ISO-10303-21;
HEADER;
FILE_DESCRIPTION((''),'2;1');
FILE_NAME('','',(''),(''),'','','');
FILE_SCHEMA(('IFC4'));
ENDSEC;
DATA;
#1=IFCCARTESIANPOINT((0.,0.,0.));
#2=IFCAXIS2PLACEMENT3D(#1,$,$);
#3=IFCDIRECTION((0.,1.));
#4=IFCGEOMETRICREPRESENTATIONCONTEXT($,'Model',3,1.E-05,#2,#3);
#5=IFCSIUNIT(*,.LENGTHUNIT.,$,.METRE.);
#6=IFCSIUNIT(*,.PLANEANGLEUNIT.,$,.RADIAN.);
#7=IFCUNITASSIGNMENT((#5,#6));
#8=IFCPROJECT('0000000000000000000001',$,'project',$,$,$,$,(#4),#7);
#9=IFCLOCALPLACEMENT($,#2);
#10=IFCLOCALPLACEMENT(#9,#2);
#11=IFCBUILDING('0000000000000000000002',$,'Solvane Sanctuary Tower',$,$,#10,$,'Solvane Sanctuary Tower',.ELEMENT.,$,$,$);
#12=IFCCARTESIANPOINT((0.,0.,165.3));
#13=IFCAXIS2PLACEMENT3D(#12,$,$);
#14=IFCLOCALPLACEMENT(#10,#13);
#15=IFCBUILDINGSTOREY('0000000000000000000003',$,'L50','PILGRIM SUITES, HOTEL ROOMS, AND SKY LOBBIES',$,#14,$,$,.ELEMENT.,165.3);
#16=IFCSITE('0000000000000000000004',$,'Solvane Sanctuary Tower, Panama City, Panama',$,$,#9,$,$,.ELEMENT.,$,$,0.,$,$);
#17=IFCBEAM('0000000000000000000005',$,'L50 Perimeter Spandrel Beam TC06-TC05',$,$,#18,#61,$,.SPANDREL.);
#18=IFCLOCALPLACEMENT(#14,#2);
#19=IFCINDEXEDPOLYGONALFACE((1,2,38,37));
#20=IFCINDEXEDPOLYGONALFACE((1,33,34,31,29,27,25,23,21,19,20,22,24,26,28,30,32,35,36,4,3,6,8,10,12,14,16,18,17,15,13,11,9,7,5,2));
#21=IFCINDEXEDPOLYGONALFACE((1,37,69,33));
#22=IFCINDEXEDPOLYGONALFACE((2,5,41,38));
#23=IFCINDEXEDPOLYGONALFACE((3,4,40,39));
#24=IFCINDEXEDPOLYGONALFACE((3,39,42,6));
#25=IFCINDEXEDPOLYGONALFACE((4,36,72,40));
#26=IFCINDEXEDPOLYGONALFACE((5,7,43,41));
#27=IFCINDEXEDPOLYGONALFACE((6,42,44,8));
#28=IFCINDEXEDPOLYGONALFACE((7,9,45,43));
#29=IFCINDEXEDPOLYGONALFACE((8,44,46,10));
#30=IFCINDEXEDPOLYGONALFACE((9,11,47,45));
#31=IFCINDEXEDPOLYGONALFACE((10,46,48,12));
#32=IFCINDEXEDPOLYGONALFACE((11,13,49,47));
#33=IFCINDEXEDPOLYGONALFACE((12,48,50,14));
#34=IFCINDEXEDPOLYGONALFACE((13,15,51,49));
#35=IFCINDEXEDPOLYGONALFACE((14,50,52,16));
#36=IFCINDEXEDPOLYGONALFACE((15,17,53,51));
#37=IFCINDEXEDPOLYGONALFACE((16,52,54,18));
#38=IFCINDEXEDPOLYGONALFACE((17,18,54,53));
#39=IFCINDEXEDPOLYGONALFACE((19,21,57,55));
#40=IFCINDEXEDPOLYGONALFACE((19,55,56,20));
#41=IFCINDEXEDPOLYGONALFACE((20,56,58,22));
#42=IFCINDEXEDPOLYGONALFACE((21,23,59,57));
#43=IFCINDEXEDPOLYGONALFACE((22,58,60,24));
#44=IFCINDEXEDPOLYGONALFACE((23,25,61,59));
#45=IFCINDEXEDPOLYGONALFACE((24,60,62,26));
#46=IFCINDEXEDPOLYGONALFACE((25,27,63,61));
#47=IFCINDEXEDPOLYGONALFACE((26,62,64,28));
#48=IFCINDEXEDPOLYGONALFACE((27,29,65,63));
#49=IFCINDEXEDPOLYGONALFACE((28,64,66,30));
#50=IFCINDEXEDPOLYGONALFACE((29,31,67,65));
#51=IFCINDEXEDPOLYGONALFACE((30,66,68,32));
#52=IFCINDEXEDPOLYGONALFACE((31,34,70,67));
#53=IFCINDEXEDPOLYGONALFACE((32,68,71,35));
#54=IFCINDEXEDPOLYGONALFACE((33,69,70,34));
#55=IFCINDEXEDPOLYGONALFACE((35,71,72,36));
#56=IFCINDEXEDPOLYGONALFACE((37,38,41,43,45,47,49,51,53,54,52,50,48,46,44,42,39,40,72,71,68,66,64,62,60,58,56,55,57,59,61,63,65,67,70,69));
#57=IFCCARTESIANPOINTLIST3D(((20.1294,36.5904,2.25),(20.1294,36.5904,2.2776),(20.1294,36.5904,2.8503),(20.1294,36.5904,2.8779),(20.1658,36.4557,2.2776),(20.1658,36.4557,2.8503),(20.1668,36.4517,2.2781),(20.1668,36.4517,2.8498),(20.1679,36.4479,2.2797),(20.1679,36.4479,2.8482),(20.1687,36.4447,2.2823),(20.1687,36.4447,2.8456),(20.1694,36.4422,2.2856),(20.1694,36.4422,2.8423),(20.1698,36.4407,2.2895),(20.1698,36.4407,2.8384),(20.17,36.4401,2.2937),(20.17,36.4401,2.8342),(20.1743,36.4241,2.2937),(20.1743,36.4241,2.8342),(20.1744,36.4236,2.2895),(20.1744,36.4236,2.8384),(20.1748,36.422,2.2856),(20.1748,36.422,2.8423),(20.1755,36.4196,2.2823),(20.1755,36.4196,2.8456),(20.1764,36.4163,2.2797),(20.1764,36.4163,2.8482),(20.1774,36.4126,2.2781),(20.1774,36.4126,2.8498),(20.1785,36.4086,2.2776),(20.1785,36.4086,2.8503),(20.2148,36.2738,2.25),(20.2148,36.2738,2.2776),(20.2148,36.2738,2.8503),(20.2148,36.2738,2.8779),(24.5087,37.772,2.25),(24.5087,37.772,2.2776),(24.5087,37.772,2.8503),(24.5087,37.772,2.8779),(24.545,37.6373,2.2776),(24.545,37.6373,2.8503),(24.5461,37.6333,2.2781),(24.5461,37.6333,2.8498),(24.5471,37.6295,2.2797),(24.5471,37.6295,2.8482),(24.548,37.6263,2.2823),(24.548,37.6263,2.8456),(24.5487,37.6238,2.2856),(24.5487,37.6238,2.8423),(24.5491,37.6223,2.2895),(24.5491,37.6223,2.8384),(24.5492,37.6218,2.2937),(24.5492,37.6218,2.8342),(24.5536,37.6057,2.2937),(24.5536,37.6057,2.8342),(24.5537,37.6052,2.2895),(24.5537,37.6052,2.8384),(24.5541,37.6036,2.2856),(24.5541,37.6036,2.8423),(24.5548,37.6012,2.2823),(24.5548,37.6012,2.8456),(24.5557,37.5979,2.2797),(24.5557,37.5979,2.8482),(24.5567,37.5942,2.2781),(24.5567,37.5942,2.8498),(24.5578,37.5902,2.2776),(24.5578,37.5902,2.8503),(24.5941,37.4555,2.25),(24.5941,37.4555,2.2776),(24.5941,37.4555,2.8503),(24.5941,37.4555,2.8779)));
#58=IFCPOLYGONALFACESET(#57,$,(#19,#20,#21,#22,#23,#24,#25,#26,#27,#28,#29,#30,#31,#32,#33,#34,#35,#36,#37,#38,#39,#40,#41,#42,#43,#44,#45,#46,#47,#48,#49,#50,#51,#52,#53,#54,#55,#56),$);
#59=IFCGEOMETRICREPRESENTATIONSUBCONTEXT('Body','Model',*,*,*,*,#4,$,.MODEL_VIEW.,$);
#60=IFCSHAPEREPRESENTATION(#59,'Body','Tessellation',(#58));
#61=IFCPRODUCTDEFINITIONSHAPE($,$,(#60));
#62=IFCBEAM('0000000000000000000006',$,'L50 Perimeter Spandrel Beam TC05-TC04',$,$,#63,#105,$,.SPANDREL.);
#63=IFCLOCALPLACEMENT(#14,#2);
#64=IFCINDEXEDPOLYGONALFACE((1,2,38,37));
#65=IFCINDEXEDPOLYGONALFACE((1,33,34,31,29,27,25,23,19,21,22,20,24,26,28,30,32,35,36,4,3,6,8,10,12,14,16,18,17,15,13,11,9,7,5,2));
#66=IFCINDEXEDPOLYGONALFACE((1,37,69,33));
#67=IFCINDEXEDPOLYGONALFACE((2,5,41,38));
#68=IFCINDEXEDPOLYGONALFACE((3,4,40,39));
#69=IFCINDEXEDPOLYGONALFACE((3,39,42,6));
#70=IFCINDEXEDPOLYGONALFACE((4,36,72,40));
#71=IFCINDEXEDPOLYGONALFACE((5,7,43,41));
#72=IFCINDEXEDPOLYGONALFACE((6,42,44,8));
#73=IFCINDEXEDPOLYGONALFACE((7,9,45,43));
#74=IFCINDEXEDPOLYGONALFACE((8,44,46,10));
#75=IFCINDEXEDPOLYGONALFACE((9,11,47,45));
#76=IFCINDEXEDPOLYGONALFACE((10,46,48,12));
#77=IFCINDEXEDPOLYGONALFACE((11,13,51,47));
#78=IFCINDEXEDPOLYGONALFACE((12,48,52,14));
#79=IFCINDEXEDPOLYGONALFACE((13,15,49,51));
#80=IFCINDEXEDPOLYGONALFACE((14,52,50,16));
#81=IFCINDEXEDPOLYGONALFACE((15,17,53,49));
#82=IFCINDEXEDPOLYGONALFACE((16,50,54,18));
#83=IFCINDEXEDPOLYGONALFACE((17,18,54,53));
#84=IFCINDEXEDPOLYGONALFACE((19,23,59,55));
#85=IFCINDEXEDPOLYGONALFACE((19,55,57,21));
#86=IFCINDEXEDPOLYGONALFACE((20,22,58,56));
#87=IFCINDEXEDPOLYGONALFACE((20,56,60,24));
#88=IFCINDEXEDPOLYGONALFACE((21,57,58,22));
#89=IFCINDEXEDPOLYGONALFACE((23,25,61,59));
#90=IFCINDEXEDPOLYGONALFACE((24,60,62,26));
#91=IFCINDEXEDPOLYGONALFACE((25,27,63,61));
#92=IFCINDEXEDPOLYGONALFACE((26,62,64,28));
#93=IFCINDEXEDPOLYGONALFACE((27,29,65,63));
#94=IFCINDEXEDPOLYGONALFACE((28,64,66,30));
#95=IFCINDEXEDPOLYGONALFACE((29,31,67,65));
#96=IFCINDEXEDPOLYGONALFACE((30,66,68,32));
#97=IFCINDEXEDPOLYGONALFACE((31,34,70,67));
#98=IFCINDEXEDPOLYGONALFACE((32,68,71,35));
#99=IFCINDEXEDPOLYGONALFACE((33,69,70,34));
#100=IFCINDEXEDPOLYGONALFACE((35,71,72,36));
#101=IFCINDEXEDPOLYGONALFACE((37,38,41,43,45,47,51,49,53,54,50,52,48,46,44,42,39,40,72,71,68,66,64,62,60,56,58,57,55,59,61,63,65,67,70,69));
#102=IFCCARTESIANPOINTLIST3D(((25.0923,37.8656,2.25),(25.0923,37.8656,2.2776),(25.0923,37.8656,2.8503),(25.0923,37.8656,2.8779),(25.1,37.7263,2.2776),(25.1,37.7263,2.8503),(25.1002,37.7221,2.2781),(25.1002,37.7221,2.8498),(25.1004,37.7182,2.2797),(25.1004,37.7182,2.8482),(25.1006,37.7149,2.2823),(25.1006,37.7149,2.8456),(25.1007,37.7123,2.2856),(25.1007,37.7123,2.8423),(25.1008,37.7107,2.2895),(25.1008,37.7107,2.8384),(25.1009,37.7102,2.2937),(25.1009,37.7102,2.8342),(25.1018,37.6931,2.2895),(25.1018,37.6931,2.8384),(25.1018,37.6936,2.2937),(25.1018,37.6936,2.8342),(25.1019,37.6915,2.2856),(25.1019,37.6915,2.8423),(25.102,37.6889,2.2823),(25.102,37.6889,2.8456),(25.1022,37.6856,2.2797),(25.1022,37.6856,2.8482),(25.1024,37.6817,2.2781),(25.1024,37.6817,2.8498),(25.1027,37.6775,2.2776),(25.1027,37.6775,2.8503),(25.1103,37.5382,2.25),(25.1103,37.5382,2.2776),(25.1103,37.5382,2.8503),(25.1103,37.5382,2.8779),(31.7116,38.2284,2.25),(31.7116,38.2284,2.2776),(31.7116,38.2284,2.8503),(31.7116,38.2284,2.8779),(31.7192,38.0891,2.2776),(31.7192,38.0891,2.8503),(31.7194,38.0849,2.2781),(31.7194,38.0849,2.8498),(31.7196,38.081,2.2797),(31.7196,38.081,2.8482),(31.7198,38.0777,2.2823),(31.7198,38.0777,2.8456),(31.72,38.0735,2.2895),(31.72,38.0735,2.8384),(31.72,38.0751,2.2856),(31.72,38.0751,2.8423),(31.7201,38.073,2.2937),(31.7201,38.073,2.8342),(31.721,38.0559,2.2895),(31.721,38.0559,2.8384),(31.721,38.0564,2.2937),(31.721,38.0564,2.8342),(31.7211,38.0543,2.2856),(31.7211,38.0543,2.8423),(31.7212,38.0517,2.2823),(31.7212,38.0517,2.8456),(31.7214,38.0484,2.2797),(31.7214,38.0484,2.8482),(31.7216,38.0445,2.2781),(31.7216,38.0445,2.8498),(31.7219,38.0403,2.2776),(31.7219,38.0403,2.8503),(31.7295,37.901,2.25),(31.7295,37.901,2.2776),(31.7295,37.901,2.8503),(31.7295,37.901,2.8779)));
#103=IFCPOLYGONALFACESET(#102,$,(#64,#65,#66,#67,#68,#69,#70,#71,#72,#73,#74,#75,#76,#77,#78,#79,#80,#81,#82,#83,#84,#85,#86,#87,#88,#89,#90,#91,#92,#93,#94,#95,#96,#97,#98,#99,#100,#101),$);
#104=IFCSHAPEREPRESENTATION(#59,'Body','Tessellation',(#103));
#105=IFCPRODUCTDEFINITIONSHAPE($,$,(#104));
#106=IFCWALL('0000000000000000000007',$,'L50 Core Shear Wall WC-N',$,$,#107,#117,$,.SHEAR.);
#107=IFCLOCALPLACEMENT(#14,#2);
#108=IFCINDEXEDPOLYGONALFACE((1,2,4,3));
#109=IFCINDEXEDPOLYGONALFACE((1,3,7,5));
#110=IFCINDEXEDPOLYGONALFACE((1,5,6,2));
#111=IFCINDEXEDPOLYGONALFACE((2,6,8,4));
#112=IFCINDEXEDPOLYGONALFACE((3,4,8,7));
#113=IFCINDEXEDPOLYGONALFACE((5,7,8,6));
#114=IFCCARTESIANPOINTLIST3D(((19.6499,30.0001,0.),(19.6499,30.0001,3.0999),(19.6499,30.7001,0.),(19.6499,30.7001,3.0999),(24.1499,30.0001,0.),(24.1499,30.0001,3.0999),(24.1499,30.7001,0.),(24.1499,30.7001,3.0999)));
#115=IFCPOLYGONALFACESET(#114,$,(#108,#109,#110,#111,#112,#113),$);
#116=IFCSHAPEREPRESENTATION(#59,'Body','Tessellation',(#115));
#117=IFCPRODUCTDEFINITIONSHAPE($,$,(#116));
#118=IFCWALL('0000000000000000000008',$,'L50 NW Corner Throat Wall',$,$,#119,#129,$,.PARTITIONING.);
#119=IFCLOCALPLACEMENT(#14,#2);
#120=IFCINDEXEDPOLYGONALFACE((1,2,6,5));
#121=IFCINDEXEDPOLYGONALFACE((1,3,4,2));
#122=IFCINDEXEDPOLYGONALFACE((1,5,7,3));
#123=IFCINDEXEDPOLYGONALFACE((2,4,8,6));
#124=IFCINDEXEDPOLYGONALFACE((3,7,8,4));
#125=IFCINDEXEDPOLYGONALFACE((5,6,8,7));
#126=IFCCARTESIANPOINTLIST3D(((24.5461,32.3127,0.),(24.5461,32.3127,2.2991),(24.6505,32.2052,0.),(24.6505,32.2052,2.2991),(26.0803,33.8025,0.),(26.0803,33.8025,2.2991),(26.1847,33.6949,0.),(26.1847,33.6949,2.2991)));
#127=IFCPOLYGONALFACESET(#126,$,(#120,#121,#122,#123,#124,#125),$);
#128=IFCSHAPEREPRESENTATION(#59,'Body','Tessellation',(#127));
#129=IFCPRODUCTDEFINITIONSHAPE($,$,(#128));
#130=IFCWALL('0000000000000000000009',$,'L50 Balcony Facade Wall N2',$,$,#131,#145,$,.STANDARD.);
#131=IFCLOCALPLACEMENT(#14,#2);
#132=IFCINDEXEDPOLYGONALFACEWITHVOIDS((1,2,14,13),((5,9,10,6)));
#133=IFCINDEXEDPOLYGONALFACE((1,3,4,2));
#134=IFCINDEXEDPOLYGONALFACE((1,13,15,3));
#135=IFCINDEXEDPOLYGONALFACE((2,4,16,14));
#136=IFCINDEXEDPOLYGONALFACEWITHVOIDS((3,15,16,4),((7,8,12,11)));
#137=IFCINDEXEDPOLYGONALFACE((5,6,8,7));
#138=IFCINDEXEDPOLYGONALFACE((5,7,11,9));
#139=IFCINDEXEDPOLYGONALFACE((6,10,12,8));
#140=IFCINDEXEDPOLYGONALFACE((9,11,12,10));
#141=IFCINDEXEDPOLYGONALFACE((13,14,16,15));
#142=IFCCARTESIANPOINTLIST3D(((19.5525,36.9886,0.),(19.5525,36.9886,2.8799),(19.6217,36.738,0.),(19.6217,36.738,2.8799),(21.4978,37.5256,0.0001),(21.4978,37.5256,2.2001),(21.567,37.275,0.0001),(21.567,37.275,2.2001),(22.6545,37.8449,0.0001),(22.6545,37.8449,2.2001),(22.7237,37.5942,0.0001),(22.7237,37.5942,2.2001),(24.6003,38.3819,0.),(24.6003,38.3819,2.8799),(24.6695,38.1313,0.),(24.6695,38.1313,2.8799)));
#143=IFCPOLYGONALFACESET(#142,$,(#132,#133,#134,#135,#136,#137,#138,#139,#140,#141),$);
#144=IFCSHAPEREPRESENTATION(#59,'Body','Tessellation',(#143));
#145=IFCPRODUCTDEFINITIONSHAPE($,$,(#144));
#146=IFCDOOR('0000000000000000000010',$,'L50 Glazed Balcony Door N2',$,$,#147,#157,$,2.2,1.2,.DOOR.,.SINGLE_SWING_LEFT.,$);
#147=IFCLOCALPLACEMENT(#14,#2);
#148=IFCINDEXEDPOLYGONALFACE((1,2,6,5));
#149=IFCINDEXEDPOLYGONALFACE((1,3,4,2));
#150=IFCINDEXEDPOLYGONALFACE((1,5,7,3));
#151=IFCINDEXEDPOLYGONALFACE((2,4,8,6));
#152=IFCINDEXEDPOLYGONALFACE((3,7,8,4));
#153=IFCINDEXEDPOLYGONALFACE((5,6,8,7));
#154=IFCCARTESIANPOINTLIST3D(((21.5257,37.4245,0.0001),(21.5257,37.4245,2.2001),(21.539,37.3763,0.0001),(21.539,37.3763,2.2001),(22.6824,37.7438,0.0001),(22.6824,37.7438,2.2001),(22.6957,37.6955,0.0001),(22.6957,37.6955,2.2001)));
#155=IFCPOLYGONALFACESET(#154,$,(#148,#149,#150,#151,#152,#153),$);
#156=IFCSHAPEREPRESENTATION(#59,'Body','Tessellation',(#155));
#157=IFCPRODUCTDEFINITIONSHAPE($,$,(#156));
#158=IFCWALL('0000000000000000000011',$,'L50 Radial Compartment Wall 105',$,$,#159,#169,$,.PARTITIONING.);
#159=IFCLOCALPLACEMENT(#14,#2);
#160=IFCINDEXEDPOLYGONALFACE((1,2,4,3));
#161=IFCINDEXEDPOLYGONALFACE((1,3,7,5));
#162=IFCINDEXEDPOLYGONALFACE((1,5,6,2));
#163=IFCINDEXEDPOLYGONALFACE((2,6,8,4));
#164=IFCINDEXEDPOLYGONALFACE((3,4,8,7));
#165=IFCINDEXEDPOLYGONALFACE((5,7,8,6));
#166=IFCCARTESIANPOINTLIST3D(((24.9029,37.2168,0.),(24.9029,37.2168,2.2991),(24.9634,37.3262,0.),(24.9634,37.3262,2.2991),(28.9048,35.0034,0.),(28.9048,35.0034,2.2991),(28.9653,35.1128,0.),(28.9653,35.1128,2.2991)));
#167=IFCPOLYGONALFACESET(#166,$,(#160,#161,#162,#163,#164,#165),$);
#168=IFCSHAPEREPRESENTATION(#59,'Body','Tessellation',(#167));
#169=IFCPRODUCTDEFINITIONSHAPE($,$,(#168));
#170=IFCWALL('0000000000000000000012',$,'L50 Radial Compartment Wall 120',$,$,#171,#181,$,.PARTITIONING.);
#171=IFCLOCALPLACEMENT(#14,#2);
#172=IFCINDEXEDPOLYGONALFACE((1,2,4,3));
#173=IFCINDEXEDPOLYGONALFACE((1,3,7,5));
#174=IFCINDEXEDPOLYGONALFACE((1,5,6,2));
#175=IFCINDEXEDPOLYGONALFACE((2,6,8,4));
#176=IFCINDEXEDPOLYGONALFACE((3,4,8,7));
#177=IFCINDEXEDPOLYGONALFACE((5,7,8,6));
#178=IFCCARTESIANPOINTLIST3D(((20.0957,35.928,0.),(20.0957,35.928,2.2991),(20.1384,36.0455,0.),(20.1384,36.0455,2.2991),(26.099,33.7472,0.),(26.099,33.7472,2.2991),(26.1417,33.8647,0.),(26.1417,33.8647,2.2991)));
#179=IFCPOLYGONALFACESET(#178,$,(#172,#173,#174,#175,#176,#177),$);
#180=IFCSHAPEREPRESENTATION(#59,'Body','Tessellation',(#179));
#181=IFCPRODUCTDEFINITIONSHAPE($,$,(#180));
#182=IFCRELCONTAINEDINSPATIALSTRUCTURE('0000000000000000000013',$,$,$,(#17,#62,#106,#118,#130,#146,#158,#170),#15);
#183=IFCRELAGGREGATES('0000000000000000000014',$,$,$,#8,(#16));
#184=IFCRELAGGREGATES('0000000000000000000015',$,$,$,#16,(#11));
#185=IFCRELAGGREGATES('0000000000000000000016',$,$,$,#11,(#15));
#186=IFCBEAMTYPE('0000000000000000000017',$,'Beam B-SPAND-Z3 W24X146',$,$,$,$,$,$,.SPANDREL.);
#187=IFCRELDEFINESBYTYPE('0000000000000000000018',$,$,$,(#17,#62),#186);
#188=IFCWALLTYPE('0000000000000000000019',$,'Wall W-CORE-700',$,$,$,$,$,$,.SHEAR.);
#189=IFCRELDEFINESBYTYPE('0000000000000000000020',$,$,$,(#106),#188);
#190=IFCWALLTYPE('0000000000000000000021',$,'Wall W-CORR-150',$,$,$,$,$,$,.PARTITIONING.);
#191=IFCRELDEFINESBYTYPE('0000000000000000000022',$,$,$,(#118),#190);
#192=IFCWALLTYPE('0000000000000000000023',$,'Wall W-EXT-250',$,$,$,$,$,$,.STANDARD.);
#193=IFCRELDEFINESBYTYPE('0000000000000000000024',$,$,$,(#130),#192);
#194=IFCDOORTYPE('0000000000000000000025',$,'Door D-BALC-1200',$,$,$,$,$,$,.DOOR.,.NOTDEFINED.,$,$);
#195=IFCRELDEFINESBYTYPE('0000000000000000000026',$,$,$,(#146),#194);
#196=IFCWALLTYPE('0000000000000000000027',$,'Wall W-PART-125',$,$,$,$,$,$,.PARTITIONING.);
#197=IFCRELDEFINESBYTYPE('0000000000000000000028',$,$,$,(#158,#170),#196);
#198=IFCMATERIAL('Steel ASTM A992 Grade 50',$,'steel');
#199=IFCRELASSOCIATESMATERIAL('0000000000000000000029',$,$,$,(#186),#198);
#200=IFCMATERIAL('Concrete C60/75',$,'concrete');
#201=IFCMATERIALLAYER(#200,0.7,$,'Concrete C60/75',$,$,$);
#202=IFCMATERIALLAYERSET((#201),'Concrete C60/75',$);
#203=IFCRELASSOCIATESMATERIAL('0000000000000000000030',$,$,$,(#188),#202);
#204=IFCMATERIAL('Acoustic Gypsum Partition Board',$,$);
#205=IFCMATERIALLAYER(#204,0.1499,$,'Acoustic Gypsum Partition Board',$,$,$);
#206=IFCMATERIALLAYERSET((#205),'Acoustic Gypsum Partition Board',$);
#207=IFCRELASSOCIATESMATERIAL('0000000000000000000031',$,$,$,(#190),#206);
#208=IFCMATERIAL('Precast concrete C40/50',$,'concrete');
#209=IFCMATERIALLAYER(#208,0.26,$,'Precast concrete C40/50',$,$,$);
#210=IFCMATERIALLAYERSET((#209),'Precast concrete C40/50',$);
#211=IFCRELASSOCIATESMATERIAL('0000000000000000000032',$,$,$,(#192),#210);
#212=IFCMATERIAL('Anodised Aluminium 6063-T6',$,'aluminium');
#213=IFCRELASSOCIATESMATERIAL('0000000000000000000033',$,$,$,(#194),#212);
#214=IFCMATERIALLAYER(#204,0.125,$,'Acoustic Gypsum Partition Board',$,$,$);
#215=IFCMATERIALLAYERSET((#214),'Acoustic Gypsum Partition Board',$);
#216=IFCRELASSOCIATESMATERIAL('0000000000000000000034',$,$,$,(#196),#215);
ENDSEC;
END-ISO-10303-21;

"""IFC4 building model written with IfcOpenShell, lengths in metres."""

from ifc_helpers import new_model, si_unit, direction, frame, frame_2d, origin, origin_2d, place, context, subcontext, project, spatial, rectangle, i_section, extrude, material, layer, layer_set, material_profile, profile_set, type_object, element, fill, save


model = new_model("IFC4")

# Units and contexts
model_context = context("Model", 3, precision=1e-05, world=origin(), true_north=direction((0.0, 1.0)))
body_context = subcontext(model_context, "Body", "Model", "MODEL_VIEW")
ifc_project = project(units=[si_unit("LENGTHUNIT", "METRE"), si_unit("PLANEANGLEUNIT", "RADIAN")], contexts=[model_context])

# Site, building, storey
site_placement = place(None, origin())
site = spatial("IfcSite", under=ifc_project, at=site_placement, Name="Solvane Sanctuary Tower, Panama City, Panama", CompositionType="ELEMENT", RefElevation=0.0)
building_placement = place(site_placement, origin())
building = spatial("IfcBuilding", under=site, at=building_placement, Name="Solvane Sanctuary Tower", LongName="Solvane Sanctuary Tower", CompositionType="ELEMENT")
storey_placement = place(building_placement, frame((0.0, 0.0, 165.3)))
storey = spatial("IfcBuildingStorey", under=building, at=storey_placement, Name="L50", Description="PILGRIM SUITES, HOTEL ROOMS, AND SKY LOBBIES", CompositionType="ELEMENT", Elevation=165.3)

# Shared definitions
ifc_material_1 = material(Name="Concrete C60/75", Category="concrete")

# Beams
ifc_material_2 = material(Name="Steel ASTM A992 Grade 50", Category="steel")
ifc_material_profile_1 = material_profile(ifc_material_2, i_section(OverallWidth=0.3279, OverallDepth=0.6279, WebThickness=0.0166, FlangeThickness=0.0276, FilletRadius=0.0161, at=origin_2d()), Name="W24X146")
ifc_profile_set_1 = profile_set([ifc_material_profile_1], Name="Steel ASTM A992 Grade 50")
beam_type_1 = type_object("IfcBeamType", Name="Beam B-SPAND-Z3 W24X146", PredefinedType="SPANDREL", material=ifc_profile_set_1)
beam_1_placement = place(storey_placement, frame((20.1721, 36.4321, 2.564), z_axis=(0.965473, 0.260502, 0.0), x_axis=(-0.260502, 0.965473, 0.0)))
element("IfcBeam", 1, at=beam_1_placement, inside=storey, type_object=beam_type_1, Name="L50 Perimeter Spandrel Beam TC06-TC05", PredefinedType="SPANDREL", context=body_context, shape_type="SweptSolid", body=[
    extrude(i_section(OverallWidth=0.3279, OverallDepth=0.6279, WebThickness=0.0166, FlangeThickness=0.0276, FilletRadius=0.0161, at=origin_2d()), origin(), (0.0, 0.0, 1.0), 4.5359),
])
beam_2_placement = place(storey_placement, frame((25.1013, 37.7019, 2.564), z_axis=(0.998501, 0.054728, 0.0), x_axis=(-0.054728, 0.998501, 0.0)))
element("IfcBeam", 2, at=beam_2_placement, inside=storey, type_object=beam_type_1, Name="L50 Perimeter Spandrel Beam TC05-TC04", PredefinedType="SPANDREL", context=body_context, shape_type="SweptSolid", body=[
    extrude(i_section(OverallWidth=0.3279, OverallDepth=0.6279, WebThickness=0.0166, FlangeThickness=0.0276, FilletRadius=0.0161, at=origin_2d()), origin(), (0.0, 0.0, 1.0), 6.6292),
])

# Walls
ifc_layer_1 = layer(ifc_material_1, 0.7, Name="Concrete C60/75")
ifc_layer_set_1 = layer_set([ifc_layer_1], Name="Concrete C60/75")
wall_type_1 = type_object("IfcWallType", Name="Wall W-CORE-700", PredefinedType="SHEAR", material=ifc_layer_set_1)
wall_1_placement = place(storey_placement, frame((19.6499, 30.3501, 0.0), z_axis=(0.0, 0.0, 1.0), x_axis=(1.0, 0.0, 0.0)))
element("IfcWall", 3, at=wall_1_placement, inside=storey, type_object=wall_type_1, Name="L50 Core Shear Wall WC-N", PredefinedType="SHEAR", context=body_context, shape_type="SweptSolid", body=[
    extrude(rectangle(XDim=4.5, YDim=0.7, at=frame_2d((2.25, 0.0))), origin(), (0.0, 0.0, 1.0), 3.0999),
])
ifc_material_3 = material(Name="Acoustic Gypsum Partition Board")
ifc_layer_2 = layer(ifc_material_3, 0.1499, Name="Acoustic Gypsum Partition Board")
ifc_layer_set_2 = layer_set([ifc_layer_2], Name="Acoustic Gypsum Partition Board")
wall_type_2 = type_object("IfcWallType", Name="Wall W-CORR-150", PredefinedType="PARTITIONING", material=ifc_layer_set_2)
wall_2_placement = place(storey_placement, frame((26.1326, 33.7488, 0.0), z_axis=(0.0, 0.0, 1.0), x_axis=(-0.71742, -0.696641, 0.0)))
element("IfcWall", 4, at=wall_2_placement, inside=storey, type_object=wall_type_2, Name="L50 NW Corner Throat Wall", PredefinedType="PARTITIONING", context=body_context, shape_type="SweptSolid", body=[
    extrude(rectangle(XDim=2.1384, YDim=0.1499, at=frame_2d((1.0693, 0.0))), origin(), (0.0, 0.0, 1.0), 2.2991),
])

# Wall, opening, door
ifc_material_4 = material(Name="Precast concrete C40/50", Category="concrete")
ifc_layer_3 = layer(ifc_material_4, 0.26, Name="Precast concrete C40/50")
ifc_layer_set_3 = layer_set([ifc_layer_3], Name="Precast concrete C40/50")
wall_type_3 = type_object("IfcWallType", Name="Wall W-EXT-250", PredefinedType="STANDARD", material=ifc_layer_set_3)
wall_3_placement = place(storey_placement, frame((24.6348, 38.2566, 0.0), z_axis=(0.0, 0.0, 1.0), x_axis=(-0.963953, -0.266071, 0.0)))
wall_3 = element("IfcWall", 5, at=wall_3_placement, inside=storey, type_object=wall_type_3, Name="L50 Balcony Facade Wall N2", PredefinedType="STANDARD", context=body_context, shape_type="SweptSolid", body=[
    extrude(rectangle(XDim=5.2366, YDim=0.26, at=frame_2d((2.6182, 0.0))), origin(), (0.0, 0.0, 1.0), 2.8799),
])
opening_placement = place(wall_3_placement, frame((2.0183, 0.0, 0.0)))
opening = element("IfcOpeningElement", 6, at=opening_placement, cuts=wall_3, PredefinedType="OPENING", context=body_context, shape_type="SweptSolid", body=[
    extrude(rectangle(XDim=1.2, YDim=2.2, at=frame_2d((0.6001, 1.1001))), frame((0.0, 0.1399, 0.0), z_axis=(0.0, -1.0, 0.0), x_axis=(1.0, 0.0, 0.0)), (0.0, 0.0, 1.0), 0.28),
])
ifc_material_5 = material(Name="Anodised Aluminium 6063-T6", Category="aluminium")
door_type = type_object("IfcDoorType", Name="Door D-BALC-1200", OperationType="NOTDEFINED", PredefinedType="DOOR", material=ifc_material_5)
door_placement = place(opening_placement, origin())
door = element("IfcDoor", 7, at=door_placement, inside=storey, type_object=door_type, Name="L50 Glazed Balcony Door N2", OperationType="SINGLE_SWING_LEFT", OverallHeight=2.2, OverallWidth=1.2, PredefinedType="DOOR", context=body_context, shape_type="SweptSolid", body=[
    extrude(rectangle(XDim=1.2, YDim=2.2, at=frame_2d((0.6001, 1.1001))), frame((0.0, 0.0249, 0.0), z_axis=(0.0, -1.0, 0.0), x_axis=(1.0, 0.0, 0.0)), (0.0, 0.0, 1.0), 0.05),
])
fill(opening, door)

# Walls
ifc_layer_4 = layer(ifc_material_3, 0.125, Name="Acoustic Gypsum Partition Board")
ifc_layer_set_4 = layer_set([ifc_layer_4], Name="Acoustic Gypsum Partition Board")
wall_type_4 = type_object("IfcWallType", Name="Wall W-PART-125", PredefinedType="PARTITIONING", material=ifc_layer_set_4)
wall_4_placement = place(storey_placement, frame((28.9351, 35.0581, 0.0), z_axis=(0.0, 0.0, 1.0), x_axis=(-0.875077, 0.483983, 0.0)))
element("IfcWall", 8, at=wall_4_placement, inside=storey, type_object=wall_type_4, Name="L50 Radial Compartment Wall 105", PredefinedType="PARTITIONING", context=body_context, shape_type="SweptSolid", body=[
    extrude(rectangle(XDim=4.5732, YDim=0.125, at=frame_2d((2.2866, 0.0))), origin(), (0.0, 0.0, 1.0), 2.2991),
])
wall_5_placement = place(storey_placement, frame((26.1204, 33.8059, 0.0), z_axis=(0.0, 0.0, 1.0), x_axis=(-0.939902, 0.341445, 0.0)))
element("IfcWall", 9, at=wall_5_placement, inside=storey, type_object=wall_type_4, Name="L50 Radial Compartment Wall 120", PredefinedType="PARTITIONING", context=body_context, shape_type="SweptSolid", body=[
    extrude(rectangle(XDim=6.3872, YDim=0.125, at=frame_2d((3.1936, 0.0))), origin(), (0.0, 0.0, 1.0), 2.2991),
])

save(model, "model.ifc")
